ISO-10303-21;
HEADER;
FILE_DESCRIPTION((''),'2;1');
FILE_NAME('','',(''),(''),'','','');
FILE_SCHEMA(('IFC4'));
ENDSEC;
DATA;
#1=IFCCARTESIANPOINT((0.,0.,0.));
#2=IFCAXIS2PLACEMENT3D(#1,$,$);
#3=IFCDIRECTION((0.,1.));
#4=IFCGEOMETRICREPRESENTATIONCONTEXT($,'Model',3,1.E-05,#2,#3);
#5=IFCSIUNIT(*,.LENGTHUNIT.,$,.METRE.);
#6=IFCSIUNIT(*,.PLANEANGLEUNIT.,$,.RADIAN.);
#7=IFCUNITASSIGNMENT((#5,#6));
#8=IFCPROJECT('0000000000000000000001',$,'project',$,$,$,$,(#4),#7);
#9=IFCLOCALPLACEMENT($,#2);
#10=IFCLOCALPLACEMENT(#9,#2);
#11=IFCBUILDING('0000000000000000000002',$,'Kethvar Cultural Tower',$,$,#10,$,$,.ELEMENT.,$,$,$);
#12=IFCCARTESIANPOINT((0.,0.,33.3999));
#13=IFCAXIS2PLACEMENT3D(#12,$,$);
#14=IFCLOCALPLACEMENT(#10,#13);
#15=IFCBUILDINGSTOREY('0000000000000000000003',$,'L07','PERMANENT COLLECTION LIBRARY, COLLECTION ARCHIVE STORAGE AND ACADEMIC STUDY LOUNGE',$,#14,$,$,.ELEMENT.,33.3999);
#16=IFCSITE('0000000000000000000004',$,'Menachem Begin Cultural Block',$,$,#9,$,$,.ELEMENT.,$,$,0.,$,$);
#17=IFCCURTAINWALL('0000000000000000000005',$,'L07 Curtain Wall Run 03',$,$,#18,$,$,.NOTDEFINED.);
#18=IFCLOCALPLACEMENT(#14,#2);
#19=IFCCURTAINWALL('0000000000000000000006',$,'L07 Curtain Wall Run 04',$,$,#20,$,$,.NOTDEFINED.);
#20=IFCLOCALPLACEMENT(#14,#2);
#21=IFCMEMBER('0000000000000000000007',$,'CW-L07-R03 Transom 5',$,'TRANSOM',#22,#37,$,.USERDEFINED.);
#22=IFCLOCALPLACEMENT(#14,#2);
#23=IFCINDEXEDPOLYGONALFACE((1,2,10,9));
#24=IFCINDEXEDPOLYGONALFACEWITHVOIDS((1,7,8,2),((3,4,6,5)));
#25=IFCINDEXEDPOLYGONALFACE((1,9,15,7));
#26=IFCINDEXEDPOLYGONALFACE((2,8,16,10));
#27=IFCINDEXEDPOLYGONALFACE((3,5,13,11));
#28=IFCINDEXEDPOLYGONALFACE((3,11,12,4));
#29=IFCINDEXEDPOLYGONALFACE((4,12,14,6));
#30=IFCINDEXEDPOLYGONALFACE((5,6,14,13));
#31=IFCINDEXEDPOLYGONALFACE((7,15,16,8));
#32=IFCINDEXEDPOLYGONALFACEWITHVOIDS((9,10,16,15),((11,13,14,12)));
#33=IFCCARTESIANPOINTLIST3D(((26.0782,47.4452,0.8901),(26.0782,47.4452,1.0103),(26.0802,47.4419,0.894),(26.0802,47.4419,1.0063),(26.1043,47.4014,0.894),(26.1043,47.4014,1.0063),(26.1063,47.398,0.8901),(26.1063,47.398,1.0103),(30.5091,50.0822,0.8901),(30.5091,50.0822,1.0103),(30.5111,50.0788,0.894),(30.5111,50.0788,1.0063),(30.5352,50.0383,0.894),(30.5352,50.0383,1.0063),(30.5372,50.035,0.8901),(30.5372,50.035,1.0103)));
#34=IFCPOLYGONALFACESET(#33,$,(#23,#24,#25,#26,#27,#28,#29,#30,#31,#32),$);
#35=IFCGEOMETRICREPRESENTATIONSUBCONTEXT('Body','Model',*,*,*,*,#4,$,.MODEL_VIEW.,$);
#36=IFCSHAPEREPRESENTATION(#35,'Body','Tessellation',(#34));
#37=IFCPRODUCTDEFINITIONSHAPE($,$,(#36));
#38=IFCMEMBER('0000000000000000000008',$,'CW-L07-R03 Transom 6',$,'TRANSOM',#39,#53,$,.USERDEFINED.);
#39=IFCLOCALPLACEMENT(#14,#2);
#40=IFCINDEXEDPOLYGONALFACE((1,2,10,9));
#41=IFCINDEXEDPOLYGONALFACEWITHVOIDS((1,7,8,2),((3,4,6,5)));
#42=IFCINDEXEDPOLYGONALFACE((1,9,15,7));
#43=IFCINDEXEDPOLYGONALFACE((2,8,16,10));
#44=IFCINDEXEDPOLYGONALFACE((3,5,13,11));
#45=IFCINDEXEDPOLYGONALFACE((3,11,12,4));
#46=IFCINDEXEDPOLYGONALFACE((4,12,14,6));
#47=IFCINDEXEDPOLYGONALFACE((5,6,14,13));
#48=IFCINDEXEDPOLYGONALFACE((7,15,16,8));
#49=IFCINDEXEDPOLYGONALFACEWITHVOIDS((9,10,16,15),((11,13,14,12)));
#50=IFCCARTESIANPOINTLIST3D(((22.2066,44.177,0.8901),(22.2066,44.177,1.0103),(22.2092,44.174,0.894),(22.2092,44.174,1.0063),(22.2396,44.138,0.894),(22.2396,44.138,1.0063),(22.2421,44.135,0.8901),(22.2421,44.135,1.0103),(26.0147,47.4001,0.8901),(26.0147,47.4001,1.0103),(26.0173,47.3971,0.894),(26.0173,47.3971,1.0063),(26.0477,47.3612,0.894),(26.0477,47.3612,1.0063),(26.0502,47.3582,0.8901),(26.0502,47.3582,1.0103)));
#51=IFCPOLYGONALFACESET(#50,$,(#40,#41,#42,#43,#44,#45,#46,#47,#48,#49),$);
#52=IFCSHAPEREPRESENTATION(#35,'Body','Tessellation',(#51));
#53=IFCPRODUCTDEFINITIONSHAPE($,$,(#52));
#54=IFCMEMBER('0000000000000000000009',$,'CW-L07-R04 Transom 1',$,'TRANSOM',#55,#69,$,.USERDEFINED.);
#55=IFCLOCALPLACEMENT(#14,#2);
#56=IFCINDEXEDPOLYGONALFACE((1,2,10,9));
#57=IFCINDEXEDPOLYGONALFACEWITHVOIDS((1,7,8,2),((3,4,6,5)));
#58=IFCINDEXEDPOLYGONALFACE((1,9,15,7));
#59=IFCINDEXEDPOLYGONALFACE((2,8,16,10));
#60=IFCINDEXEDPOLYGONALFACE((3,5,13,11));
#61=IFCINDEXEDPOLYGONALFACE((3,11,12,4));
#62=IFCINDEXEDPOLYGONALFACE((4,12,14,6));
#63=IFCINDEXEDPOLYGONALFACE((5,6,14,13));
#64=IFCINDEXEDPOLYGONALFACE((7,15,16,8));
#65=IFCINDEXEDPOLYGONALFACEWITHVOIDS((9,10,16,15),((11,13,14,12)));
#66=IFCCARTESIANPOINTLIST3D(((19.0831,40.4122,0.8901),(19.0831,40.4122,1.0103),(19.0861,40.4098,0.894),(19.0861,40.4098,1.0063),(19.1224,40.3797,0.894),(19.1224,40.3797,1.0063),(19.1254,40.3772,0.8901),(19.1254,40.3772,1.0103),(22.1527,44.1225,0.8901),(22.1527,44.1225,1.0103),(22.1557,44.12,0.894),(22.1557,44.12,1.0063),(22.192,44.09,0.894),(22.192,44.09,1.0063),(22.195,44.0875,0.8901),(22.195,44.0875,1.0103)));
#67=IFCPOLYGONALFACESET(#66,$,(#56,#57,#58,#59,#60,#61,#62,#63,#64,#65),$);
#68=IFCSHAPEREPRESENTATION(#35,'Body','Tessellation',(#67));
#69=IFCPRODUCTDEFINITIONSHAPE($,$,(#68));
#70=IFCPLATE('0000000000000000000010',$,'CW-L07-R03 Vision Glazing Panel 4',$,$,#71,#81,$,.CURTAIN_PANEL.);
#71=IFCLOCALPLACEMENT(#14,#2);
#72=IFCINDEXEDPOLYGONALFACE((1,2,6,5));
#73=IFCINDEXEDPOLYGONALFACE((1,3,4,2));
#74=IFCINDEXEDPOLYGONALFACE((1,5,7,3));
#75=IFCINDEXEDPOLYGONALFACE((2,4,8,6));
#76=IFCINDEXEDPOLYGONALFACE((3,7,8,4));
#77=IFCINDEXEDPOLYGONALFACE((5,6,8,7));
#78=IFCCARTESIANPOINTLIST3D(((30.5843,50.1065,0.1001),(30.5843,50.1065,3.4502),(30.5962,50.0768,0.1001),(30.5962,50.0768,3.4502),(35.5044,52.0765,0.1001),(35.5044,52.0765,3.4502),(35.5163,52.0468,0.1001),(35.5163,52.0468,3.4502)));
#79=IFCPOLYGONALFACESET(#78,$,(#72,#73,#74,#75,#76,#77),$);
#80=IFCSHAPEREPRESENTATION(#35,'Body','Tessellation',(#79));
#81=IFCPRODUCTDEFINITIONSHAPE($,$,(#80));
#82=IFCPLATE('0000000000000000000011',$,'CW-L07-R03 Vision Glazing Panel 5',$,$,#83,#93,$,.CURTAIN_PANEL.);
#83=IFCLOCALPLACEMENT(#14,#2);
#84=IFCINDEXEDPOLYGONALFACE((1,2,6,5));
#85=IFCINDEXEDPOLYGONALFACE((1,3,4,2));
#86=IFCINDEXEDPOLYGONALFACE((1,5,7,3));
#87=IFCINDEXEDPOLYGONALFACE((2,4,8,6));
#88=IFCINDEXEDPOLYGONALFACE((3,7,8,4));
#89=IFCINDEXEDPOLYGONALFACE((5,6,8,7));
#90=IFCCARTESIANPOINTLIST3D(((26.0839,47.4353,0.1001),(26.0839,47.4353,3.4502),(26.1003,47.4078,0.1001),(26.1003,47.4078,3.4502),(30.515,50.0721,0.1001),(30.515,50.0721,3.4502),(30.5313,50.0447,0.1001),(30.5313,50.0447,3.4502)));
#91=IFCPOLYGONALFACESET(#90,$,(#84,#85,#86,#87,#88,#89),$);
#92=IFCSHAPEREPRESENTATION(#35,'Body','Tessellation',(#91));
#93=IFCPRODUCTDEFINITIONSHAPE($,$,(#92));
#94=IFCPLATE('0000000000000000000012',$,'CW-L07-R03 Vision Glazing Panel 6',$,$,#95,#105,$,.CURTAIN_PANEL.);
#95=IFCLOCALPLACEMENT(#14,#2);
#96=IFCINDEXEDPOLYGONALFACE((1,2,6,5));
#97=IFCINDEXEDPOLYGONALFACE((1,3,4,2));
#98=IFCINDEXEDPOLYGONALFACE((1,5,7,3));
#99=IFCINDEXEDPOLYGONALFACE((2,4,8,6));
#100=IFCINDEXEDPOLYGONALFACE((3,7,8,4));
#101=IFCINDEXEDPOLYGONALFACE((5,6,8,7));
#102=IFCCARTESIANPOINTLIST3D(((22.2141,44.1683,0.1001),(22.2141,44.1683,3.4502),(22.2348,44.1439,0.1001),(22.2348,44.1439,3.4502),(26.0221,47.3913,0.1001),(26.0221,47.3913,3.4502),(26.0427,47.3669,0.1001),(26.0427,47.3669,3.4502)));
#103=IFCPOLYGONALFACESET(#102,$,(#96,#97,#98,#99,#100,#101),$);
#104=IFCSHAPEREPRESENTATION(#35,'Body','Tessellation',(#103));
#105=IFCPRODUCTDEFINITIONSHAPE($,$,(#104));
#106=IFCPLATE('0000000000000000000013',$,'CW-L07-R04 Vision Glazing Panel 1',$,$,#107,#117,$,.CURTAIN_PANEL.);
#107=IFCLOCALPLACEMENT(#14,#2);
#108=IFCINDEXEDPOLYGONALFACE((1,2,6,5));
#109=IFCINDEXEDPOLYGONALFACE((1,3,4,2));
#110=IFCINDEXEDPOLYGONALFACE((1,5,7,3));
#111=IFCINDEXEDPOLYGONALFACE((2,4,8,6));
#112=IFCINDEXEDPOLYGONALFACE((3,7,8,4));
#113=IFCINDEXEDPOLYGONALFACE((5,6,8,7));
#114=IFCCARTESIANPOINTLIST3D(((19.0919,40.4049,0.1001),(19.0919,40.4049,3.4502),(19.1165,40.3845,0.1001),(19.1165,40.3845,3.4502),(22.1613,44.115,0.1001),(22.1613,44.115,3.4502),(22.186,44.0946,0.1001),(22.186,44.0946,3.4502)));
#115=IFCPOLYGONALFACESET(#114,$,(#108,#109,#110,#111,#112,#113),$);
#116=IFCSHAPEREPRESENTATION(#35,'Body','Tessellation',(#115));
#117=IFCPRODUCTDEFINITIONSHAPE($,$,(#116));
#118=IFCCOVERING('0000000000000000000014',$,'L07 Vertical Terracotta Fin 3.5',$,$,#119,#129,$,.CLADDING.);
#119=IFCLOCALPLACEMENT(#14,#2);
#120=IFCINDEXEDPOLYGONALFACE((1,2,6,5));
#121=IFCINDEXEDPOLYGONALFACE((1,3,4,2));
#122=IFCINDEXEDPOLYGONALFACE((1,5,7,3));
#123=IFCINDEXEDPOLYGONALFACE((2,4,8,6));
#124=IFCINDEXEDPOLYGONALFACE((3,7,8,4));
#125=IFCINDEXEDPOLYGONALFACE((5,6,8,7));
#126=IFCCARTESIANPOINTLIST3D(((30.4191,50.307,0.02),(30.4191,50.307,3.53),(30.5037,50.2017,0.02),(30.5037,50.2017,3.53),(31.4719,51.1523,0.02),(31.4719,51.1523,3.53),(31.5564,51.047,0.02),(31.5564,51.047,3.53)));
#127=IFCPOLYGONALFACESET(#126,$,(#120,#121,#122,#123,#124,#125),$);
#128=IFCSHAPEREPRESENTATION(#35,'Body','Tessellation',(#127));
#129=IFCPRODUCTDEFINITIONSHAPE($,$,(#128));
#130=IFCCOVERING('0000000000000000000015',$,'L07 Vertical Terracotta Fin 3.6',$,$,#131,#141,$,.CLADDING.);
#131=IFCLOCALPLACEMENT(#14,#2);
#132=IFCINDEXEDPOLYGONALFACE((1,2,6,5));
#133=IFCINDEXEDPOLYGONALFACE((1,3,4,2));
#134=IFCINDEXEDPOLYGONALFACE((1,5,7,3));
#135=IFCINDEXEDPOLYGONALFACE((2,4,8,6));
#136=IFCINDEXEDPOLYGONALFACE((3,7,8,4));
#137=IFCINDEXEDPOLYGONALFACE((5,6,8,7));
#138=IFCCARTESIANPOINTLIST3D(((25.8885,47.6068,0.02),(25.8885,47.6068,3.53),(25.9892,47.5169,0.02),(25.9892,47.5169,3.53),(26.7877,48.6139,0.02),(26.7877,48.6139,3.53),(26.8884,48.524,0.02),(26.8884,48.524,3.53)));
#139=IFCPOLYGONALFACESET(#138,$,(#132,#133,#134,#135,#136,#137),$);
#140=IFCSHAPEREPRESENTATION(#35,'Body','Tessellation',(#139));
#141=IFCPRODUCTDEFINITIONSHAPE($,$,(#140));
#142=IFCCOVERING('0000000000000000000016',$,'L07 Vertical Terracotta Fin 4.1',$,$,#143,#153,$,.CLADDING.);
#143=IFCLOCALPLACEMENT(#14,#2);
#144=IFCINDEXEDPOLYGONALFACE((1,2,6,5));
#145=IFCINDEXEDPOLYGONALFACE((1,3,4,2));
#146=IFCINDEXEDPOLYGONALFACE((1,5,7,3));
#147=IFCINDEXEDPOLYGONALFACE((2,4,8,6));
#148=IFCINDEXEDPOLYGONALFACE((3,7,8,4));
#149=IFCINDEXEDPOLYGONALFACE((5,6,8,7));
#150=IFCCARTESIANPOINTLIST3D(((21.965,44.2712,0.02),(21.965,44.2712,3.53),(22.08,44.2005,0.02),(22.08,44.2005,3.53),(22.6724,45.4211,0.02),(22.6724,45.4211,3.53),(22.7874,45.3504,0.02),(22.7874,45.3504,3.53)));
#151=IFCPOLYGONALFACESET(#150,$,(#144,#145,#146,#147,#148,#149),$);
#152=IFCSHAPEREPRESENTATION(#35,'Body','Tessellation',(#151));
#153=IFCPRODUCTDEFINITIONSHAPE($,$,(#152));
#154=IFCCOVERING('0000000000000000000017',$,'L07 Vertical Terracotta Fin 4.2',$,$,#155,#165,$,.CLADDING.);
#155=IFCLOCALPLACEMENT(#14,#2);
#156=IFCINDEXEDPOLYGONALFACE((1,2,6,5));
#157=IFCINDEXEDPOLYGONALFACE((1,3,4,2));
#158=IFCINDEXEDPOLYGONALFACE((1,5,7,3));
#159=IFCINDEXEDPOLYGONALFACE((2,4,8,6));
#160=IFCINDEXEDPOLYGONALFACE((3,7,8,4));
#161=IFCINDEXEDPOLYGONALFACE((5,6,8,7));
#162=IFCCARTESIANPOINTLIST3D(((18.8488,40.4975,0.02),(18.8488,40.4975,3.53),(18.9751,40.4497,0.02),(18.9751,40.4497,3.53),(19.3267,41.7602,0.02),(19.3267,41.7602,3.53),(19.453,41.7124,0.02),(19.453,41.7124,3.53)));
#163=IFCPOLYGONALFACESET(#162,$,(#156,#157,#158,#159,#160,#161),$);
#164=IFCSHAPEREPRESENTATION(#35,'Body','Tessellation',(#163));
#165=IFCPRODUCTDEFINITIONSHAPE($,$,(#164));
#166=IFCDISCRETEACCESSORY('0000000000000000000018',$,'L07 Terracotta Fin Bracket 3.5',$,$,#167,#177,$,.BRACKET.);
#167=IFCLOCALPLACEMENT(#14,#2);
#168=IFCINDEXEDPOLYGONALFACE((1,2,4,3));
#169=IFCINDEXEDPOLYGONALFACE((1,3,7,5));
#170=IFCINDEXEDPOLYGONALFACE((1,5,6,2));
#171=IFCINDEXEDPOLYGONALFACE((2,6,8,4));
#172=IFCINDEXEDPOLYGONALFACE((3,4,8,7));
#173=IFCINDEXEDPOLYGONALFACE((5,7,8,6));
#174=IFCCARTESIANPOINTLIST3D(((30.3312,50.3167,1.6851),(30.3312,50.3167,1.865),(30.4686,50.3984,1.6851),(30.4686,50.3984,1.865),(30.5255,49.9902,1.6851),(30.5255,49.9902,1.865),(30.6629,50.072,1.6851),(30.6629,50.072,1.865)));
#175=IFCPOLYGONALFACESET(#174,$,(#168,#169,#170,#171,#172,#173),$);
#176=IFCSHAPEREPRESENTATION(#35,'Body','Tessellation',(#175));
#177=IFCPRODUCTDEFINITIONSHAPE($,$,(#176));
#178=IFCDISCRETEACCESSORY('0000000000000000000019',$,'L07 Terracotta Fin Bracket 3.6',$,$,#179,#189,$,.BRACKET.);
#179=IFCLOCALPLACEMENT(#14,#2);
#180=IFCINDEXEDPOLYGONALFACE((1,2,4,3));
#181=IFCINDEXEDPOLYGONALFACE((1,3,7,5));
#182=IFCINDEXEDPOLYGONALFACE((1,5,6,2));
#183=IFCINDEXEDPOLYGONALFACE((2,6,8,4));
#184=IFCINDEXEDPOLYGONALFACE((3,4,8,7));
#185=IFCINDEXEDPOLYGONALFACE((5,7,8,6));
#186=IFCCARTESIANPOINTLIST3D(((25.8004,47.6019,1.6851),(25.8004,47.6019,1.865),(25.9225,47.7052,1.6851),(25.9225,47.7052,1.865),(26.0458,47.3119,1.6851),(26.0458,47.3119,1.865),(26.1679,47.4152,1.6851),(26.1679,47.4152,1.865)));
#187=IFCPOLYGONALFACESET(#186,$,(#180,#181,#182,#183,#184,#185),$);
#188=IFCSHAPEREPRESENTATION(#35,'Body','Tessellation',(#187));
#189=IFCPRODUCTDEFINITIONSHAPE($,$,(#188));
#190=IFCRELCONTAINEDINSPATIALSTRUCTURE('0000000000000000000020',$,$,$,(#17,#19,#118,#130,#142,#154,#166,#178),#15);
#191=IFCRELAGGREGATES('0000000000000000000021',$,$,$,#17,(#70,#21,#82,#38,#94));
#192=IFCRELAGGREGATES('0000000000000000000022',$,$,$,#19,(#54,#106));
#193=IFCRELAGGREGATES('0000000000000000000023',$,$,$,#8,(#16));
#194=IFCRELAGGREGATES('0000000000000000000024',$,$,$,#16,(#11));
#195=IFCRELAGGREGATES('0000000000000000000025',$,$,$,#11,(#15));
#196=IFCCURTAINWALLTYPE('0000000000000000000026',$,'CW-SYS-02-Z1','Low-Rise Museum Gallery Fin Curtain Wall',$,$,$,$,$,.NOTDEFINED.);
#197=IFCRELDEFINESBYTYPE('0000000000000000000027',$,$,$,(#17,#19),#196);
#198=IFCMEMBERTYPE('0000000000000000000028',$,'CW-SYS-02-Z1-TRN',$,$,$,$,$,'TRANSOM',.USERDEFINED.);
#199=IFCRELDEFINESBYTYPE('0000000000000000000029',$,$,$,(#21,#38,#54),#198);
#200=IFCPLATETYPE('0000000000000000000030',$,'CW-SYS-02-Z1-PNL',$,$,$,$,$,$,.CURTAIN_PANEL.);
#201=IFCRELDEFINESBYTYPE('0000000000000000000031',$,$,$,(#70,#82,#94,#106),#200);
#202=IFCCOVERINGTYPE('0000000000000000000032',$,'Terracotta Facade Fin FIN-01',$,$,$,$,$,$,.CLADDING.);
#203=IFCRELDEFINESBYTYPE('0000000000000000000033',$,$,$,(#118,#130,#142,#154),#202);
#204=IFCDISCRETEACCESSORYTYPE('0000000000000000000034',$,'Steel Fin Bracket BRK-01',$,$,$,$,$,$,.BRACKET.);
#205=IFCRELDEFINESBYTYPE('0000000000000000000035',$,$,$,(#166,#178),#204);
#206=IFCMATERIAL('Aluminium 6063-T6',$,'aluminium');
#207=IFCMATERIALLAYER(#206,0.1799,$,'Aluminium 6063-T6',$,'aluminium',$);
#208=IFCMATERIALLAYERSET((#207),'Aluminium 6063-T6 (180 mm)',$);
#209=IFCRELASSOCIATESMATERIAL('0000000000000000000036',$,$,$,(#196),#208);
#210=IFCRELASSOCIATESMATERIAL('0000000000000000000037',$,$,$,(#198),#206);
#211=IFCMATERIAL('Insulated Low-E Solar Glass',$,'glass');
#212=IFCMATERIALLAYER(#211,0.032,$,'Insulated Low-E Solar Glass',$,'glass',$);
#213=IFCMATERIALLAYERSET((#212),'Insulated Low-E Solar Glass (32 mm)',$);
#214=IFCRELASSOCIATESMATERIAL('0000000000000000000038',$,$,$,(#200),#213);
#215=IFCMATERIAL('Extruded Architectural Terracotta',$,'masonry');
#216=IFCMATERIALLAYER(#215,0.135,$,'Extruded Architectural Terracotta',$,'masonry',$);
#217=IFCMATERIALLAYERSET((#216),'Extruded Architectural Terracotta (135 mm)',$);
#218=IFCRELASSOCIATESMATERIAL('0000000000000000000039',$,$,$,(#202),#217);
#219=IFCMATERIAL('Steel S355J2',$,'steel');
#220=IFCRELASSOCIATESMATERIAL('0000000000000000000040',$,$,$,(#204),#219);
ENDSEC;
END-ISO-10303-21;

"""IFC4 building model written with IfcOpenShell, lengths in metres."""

from ifc_helpers import new_model, si_unit, direction, frame, origin, origin_2d, place, context, subcontext, project, spatial, rectangle, hollow_rectangle, extrude, source, transform, mapped, material, layer, layer_set, material_profile, profile_set, type_object, element, aggregate, save


model = new_model("IFC4")

# Units and contexts
model_context = context("Model", 3, precision=1e-05, world=origin(), true_north=direction((0.0, 1.0)))
body_context = subcontext(model_context, "Body", "Model", "MODEL_VIEW")
ifc_project = project(units=[si_unit("LENGTHUNIT", "METRE"), si_unit("PLANEANGLEUNIT", "RADIAN")], contexts=[model_context])

# Site, building, storey
site_placement = place(None, origin())
site = spatial("IfcSite", under=ifc_project, at=site_placement, Name="Menachem Begin Cultural Block", CompositionType="ELEMENT", RefElevation=0.0)
building_placement = place(site_placement, origin())
building = spatial("IfcBuilding", under=site, at=building_placement, Name="Kethvar Cultural Tower", CompositionType="ELEMENT")
storey_placement = place(building_placement, frame((0.0, 0.0, 33.3999)))
storey = spatial("IfcBuildingStorey", under=building, at=storey_placement, Name="L07", Description="PERMANENT COLLECTION LIBRARY, COLLECTION ARCHIVE STORAGE AND ACADEMIC STUDY LOUNGE", CompositionType="ELEMENT", Elevation=33.3999)

# Shared definitions
ifc_material_1 = material(Name="Steel S355J2", Category="steel")

# Curtain walls
ifc_material_2 = material(Name="Aluminium 6063-T6", Category="aluminium")
ifc_layer_1 = layer(ifc_material_2, 0.1799, Name="Aluminium 6063-T6", Category="aluminium")
ifc_layer_set_1 = layer_set([ifc_layer_1], Name="Aluminium 6063-T6 (180 mm)")
curtain_wall_type = type_object("IfcCurtainWallType", Name="CW-SYS-02-Z1", Description="Low-Rise Museum Gallery Fin Curtain Wall", PredefinedType="NOTDEFINED", material=ifc_layer_set_1)
curtain_wall_1_placement = place(storey_placement, origin())
curtain_wall_1 = element("IfcCurtainWall", 1, at=curtain_wall_1_placement, inside=storey, type_object=curtain_wall_type, Name="L07 Curtain Wall Run 03", PredefinedType="NOTDEFINED")
curtain_wall_2_placement = place(storey_placement, origin())
curtain_wall_2 = element("IfcCurtainWall", 2, at=curtain_wall_2_placement, inside=storey, type_object=curtain_wall_type, Name="L07 Curtain Wall Run 04", PredefinedType="NOTDEFINED")

# Members
ifc_material_profile_1 = material_profile(ifc_material_2, hollow_rectangle(XDim=0.0549, YDim=0.1201, WallThickness=0.0039, at=origin_2d()), Name="Aluminium 6063-T6 — RHS120x55x4")
ifc_profile_set_1 = profile_set([ifc_material_profile_1], Name="Aluminium 6063-T6 — RHS120x55x4")
member_type_1 = type_object("IfcMemberType", Name="CW-SYS-02-Z1-TRN", ElementType="TRANSOM", PredefinedType="USERDEFINED", material=ifc_profile_set_1)
shared_shape_1 = source(origin(), body_context, "Body", "SweptSolid", [
    extrude(hollow_rectangle(XDim=0.0549, YDim=0.1201, WallThickness=0.0039, at=origin_2d()), origin(), (0.0, 0.0, 1.0), 5.1562),
])
member_1_placement = place(storey_placement, frame((30.5232, 50.0586, 0.9502), z_axis=(-0.859334, -0.511415, 0.0), x_axis=(0.511415, -0.859334, 0.0)))
member_1 = element("IfcMember", 3, at=member_1_placement, type_object=member_type_1, Name="CW-L07-R03 Transom 5", ObjectType="TRANSOM", PredefinedType="USERDEFINED", context=body_context, shape_type="MappedRepresentation", body=[
    mapped(shared_shape_1, transform((0.0, 0.0, 0.0), scale=1.0)),
])
shared_shape_2 = source(origin(), body_context, "Body", "SweptSolid", [
    extrude(hollow_rectangle(XDim=0.0549, YDim=0.1201, WallThickness=0.0039, at=origin_2d()), origin(), (0.0, 0.0, 1.0), 4.989),
])
member_2_placement = place(storey_placement, frame((26.0325, 47.3792, 0.9502), z_axis=(-0.763297, -0.646048, 0.0), x_axis=(0.646048, -0.763297, 0.0)))
member_2 = element("IfcMember", 4, at=member_2_placement, type_object=member_type_1, Name="CW-L07-R03 Transom 6", ObjectType="TRANSOM", PredefinedType="USERDEFINED", context=body_context, shape_type="MappedRepresentation", body=[
    mapped(shared_shape_2, transform((0.0, 0.0, 0.0), scale=1.0)),
])
shared_shape_3 = source(origin(), body_context, "Body", "SweptSolid", [
    extrude(hollow_rectangle(XDim=0.0549, YDim=0.1201, WallThickness=0.0039, at=origin_2d()), origin(), (0.0, 0.0, 1.0), 4.8154),
])
member_3_placement = place(storey_placement, frame((22.1738, 44.105, 0.9502), z_axis=(-0.637453, -0.77049, 0.0), x_axis=(0.77049, -0.637453, 0.0)))
member_3 = element("IfcMember", 5, at=member_3_placement, type_object=member_type_1, Name="CW-L07-R04 Transom 1", ObjectType="TRANSOM", PredefinedType="USERDEFINED", context=body_context, shape_type="MappedRepresentation", body=[
    mapped(shared_shape_3, transform((0.0, 0.0, 0.0), scale=1.0)),
])

# Plates
ifc_material_3 = material(Name="Insulated Low-E Solar Glass", Category="glass")
ifc_layer_2 = layer(ifc_material_3, 0.032, Name="Insulated Low-E Solar Glass", Category="glass")
ifc_layer_set_2 = layer_set([ifc_layer_2], Name="Insulated Low-E Solar Glass (32 mm)")
plate_type = type_object("IfcPlateType", Name="CW-SYS-02-Z1-PNL", PredefinedType="CURTAIN_PANEL", material=ifc_layer_set_2)
shared_shape_4 = source(origin(), body_context, "Body", "SweptSolid", [
    extrude(rectangle(XDim=5.2998, YDim=0.032, at=origin_2d()), origin(), (0.0, 0.0, 1.0), 3.3501),
])
plate_1_placement = place(storey_placement, frame((33.0503, 51.0767, 0.1001), z_axis=(0.0, 0.0, 1.0), x_axis=(-0.92835, -0.371708, 0.0)))
plate_1 = element("IfcPlate", 6, at=plate_1_placement, type_object=plate_type, Name="CW-L07-R03 Vision Glazing Panel 4", PredefinedType="CURTAIN_PANEL", context=body_context, shape_type="MappedRepresentation", body=[
    mapped(shared_shape_4, transform((0.0, 0.0, 0.0), scale=1.0)),
])
shared_shape_5 = source(origin(), body_context, "Body", "SweptSolid", [
    extrude(rectangle(XDim=5.1562, YDim=0.032, at=origin_2d()), origin(), (0.0, 0.0, 1.0), 3.3501),
])
plate_2_placement = place(storey_placement, frame((28.3076, 48.74, 0.1001), z_axis=(0.0, 0.0, 1.0), x_axis=(-0.859353, -0.511383, 0.0)))
plate_2 = element("IfcPlate", 7, at=plate_2_placement, type_object=plate_type, Name="CW-L07-R03 Vision Glazing Panel 5", PredefinedType="CURTAIN_PANEL", context=body_context, shape_type="MappedRepresentation", body=[
    mapped(shared_shape_5, transform((0.0, 0.0, 0.0), scale=1.0)),
])
shared_shape_6 = source(origin(), body_context, "Body", "SweptSolid", [
    extrude(rectangle(XDim=4.9888, YDim=0.032, at=origin_2d()), origin(), (0.0, 0.0, 1.0), 3.3501),
])
plate_3_placement = place(storey_placement, frame((24.1284, 45.7676, 0.1001), z_axis=(0.0, 0.0, 1.0), x_axis=(-0.7633, -0.646044, 0.0)))
plate_3 = element("IfcPlate", 8, at=plate_3_placement, type_object=plate_type, Name="CW-L07-R03 Vision Glazing Panel 6", PredefinedType="CURTAIN_PANEL", context=body_context, shape_type="MappedRepresentation", body=[
    mapped(shared_shape_6, transform((0.0, 0.0, 0.0), scale=1.0)),
])
aggregate(curtain_wall_1, [plate_1, member_1, plate_2, member_2, plate_3])
shared_shape_7 = source(origin(), body_context, "Body", "SweptSolid", [
    extrude(rectangle(XDim=4.8152, YDim=0.032, at=origin_2d()), origin(), (0.0, 0.0, 1.0), 3.3501),
])
plate_4_placement = place(storey_placement, frame((20.6389, 42.2498, 0.1001), z_axis=(0.0, 0.0, 1.0), x_axis=(-0.637451, -0.770491, 0.0)))
plate_4 = element("IfcPlate", 9, at=plate_4_placement, type_object=plate_type, Name="CW-L07-R04 Vision Glazing Panel 1", PredefinedType="CURTAIN_PANEL", context=body_context, shape_type="MappedRepresentation", body=[
    mapped(shared_shape_7, transform((0.0, 0.0, 0.0), scale=1.0)),
])
aggregate(curtain_wall_2, [member_3, plate_4])

# Coverings
ifc_material_4 = material(Name="Extruded Architectural Terracotta", Category="masonry")
ifc_layer_3 = layer(ifc_material_4, 0.135, Name="Extruded Architectural Terracotta", Category="masonry")
ifc_layer_set_3 = layer_set([ifc_layer_3], Name="Extruded Architectural Terracotta (135 mm)")
covering_type = type_object("IfcCoveringType", Name="Terracotta Facade Fin FIN-01", PredefinedType="CLADDING", material=ifc_layer_set_3)
shared_shape_8 = source(origin(), body_context, "Body", "SweptSolid", [
    extrude(rectangle(XDim=1.3501, YDim=0.135, at=origin_2d()), origin(), (0.0, 0.0, 1.0), 3.51),
])
for number, where, z_axis, x_axis, name in (
    (10, (30.9878, 50.677, 0.02), (0.0, 0.0, 1.0), (0.779775, 0.62606, 0.0), "L07 Vertical Terracotta Fin 3.5"),
    (11, (26.3884, 48.0654, 0.02), (0.0, 0.0, 1.0), (0.666012, 0.745941, 0.0), "L07 Vertical Terracotta Fin 3.6"),
    (12, (22.3762, 44.8108, 0.02), (0.0, 0.0, 1.0), (0.523986, 0.851727, 0.0), "L07 Vertical Terracotta Fin 4.1"),
    (13, (19.1509, 41.105, 0.02), (0.0, 0.0, 1.0), (0.353965, 0.935259, 0.0), "L07 Vertical Terracotta Fin 4.2"),
):
    element("IfcCovering", number, at=place(storey_placement, frame(where, z_axis=z_axis, x_axis=x_axis)), inside=storey, type_object=covering_type, Name=name, PredefinedType="CLADDING", context=body_context, shape_type="MappedRepresentation", body=[
        mapped(shared_shape_8, transform((0.0, 0.0, 0.0), scale=1.0)),
    ])

# Discrete accessories
discrete_accessory_type = type_object("IfcDiscreteAccessoryType", Name="Steel Fin Bracket BRK-01", PredefinedType="BRACKET", material=ifc_material_1)
shared_shape_9 = source(origin(), body_context, "Body", "SweptSolid", [
    extrude(rectangle(XDim=0.3799, YDim=0.1599, at=origin_2d()), origin(), (0.0, 0.0, 1.0), 0.1799),
])
for number, where, z_axis, x_axis, name in (
    (14, (30.4971, 50.1943, 1.6851), (0.0, 0.0, 1.0), (-0.511443, 0.859317, 0.0), "L07 Terracotta Fin Bracket 3.5"),
    (15, (25.9841, 47.5085, 1.6851), (0.0, 0.0, 1.0), (-0.645991, 0.763345, 0.0), "L07 Terracotta Fin Bracket 3.6"),
):
    element("IfcDiscreteAccessory", number, at=place(storey_placement, frame(where, z_axis=z_axis, x_axis=x_axis)), inside=storey, type_object=discrete_accessory_type, Name=name, PredefinedType="BRACKET", context=body_context, shape_type="MappedRepresentation", body=[
        mapped(shared_shape_9, transform((0.0, 0.0, 0.0), scale=1.0)),
    ])

save(model, "model.ifc")
